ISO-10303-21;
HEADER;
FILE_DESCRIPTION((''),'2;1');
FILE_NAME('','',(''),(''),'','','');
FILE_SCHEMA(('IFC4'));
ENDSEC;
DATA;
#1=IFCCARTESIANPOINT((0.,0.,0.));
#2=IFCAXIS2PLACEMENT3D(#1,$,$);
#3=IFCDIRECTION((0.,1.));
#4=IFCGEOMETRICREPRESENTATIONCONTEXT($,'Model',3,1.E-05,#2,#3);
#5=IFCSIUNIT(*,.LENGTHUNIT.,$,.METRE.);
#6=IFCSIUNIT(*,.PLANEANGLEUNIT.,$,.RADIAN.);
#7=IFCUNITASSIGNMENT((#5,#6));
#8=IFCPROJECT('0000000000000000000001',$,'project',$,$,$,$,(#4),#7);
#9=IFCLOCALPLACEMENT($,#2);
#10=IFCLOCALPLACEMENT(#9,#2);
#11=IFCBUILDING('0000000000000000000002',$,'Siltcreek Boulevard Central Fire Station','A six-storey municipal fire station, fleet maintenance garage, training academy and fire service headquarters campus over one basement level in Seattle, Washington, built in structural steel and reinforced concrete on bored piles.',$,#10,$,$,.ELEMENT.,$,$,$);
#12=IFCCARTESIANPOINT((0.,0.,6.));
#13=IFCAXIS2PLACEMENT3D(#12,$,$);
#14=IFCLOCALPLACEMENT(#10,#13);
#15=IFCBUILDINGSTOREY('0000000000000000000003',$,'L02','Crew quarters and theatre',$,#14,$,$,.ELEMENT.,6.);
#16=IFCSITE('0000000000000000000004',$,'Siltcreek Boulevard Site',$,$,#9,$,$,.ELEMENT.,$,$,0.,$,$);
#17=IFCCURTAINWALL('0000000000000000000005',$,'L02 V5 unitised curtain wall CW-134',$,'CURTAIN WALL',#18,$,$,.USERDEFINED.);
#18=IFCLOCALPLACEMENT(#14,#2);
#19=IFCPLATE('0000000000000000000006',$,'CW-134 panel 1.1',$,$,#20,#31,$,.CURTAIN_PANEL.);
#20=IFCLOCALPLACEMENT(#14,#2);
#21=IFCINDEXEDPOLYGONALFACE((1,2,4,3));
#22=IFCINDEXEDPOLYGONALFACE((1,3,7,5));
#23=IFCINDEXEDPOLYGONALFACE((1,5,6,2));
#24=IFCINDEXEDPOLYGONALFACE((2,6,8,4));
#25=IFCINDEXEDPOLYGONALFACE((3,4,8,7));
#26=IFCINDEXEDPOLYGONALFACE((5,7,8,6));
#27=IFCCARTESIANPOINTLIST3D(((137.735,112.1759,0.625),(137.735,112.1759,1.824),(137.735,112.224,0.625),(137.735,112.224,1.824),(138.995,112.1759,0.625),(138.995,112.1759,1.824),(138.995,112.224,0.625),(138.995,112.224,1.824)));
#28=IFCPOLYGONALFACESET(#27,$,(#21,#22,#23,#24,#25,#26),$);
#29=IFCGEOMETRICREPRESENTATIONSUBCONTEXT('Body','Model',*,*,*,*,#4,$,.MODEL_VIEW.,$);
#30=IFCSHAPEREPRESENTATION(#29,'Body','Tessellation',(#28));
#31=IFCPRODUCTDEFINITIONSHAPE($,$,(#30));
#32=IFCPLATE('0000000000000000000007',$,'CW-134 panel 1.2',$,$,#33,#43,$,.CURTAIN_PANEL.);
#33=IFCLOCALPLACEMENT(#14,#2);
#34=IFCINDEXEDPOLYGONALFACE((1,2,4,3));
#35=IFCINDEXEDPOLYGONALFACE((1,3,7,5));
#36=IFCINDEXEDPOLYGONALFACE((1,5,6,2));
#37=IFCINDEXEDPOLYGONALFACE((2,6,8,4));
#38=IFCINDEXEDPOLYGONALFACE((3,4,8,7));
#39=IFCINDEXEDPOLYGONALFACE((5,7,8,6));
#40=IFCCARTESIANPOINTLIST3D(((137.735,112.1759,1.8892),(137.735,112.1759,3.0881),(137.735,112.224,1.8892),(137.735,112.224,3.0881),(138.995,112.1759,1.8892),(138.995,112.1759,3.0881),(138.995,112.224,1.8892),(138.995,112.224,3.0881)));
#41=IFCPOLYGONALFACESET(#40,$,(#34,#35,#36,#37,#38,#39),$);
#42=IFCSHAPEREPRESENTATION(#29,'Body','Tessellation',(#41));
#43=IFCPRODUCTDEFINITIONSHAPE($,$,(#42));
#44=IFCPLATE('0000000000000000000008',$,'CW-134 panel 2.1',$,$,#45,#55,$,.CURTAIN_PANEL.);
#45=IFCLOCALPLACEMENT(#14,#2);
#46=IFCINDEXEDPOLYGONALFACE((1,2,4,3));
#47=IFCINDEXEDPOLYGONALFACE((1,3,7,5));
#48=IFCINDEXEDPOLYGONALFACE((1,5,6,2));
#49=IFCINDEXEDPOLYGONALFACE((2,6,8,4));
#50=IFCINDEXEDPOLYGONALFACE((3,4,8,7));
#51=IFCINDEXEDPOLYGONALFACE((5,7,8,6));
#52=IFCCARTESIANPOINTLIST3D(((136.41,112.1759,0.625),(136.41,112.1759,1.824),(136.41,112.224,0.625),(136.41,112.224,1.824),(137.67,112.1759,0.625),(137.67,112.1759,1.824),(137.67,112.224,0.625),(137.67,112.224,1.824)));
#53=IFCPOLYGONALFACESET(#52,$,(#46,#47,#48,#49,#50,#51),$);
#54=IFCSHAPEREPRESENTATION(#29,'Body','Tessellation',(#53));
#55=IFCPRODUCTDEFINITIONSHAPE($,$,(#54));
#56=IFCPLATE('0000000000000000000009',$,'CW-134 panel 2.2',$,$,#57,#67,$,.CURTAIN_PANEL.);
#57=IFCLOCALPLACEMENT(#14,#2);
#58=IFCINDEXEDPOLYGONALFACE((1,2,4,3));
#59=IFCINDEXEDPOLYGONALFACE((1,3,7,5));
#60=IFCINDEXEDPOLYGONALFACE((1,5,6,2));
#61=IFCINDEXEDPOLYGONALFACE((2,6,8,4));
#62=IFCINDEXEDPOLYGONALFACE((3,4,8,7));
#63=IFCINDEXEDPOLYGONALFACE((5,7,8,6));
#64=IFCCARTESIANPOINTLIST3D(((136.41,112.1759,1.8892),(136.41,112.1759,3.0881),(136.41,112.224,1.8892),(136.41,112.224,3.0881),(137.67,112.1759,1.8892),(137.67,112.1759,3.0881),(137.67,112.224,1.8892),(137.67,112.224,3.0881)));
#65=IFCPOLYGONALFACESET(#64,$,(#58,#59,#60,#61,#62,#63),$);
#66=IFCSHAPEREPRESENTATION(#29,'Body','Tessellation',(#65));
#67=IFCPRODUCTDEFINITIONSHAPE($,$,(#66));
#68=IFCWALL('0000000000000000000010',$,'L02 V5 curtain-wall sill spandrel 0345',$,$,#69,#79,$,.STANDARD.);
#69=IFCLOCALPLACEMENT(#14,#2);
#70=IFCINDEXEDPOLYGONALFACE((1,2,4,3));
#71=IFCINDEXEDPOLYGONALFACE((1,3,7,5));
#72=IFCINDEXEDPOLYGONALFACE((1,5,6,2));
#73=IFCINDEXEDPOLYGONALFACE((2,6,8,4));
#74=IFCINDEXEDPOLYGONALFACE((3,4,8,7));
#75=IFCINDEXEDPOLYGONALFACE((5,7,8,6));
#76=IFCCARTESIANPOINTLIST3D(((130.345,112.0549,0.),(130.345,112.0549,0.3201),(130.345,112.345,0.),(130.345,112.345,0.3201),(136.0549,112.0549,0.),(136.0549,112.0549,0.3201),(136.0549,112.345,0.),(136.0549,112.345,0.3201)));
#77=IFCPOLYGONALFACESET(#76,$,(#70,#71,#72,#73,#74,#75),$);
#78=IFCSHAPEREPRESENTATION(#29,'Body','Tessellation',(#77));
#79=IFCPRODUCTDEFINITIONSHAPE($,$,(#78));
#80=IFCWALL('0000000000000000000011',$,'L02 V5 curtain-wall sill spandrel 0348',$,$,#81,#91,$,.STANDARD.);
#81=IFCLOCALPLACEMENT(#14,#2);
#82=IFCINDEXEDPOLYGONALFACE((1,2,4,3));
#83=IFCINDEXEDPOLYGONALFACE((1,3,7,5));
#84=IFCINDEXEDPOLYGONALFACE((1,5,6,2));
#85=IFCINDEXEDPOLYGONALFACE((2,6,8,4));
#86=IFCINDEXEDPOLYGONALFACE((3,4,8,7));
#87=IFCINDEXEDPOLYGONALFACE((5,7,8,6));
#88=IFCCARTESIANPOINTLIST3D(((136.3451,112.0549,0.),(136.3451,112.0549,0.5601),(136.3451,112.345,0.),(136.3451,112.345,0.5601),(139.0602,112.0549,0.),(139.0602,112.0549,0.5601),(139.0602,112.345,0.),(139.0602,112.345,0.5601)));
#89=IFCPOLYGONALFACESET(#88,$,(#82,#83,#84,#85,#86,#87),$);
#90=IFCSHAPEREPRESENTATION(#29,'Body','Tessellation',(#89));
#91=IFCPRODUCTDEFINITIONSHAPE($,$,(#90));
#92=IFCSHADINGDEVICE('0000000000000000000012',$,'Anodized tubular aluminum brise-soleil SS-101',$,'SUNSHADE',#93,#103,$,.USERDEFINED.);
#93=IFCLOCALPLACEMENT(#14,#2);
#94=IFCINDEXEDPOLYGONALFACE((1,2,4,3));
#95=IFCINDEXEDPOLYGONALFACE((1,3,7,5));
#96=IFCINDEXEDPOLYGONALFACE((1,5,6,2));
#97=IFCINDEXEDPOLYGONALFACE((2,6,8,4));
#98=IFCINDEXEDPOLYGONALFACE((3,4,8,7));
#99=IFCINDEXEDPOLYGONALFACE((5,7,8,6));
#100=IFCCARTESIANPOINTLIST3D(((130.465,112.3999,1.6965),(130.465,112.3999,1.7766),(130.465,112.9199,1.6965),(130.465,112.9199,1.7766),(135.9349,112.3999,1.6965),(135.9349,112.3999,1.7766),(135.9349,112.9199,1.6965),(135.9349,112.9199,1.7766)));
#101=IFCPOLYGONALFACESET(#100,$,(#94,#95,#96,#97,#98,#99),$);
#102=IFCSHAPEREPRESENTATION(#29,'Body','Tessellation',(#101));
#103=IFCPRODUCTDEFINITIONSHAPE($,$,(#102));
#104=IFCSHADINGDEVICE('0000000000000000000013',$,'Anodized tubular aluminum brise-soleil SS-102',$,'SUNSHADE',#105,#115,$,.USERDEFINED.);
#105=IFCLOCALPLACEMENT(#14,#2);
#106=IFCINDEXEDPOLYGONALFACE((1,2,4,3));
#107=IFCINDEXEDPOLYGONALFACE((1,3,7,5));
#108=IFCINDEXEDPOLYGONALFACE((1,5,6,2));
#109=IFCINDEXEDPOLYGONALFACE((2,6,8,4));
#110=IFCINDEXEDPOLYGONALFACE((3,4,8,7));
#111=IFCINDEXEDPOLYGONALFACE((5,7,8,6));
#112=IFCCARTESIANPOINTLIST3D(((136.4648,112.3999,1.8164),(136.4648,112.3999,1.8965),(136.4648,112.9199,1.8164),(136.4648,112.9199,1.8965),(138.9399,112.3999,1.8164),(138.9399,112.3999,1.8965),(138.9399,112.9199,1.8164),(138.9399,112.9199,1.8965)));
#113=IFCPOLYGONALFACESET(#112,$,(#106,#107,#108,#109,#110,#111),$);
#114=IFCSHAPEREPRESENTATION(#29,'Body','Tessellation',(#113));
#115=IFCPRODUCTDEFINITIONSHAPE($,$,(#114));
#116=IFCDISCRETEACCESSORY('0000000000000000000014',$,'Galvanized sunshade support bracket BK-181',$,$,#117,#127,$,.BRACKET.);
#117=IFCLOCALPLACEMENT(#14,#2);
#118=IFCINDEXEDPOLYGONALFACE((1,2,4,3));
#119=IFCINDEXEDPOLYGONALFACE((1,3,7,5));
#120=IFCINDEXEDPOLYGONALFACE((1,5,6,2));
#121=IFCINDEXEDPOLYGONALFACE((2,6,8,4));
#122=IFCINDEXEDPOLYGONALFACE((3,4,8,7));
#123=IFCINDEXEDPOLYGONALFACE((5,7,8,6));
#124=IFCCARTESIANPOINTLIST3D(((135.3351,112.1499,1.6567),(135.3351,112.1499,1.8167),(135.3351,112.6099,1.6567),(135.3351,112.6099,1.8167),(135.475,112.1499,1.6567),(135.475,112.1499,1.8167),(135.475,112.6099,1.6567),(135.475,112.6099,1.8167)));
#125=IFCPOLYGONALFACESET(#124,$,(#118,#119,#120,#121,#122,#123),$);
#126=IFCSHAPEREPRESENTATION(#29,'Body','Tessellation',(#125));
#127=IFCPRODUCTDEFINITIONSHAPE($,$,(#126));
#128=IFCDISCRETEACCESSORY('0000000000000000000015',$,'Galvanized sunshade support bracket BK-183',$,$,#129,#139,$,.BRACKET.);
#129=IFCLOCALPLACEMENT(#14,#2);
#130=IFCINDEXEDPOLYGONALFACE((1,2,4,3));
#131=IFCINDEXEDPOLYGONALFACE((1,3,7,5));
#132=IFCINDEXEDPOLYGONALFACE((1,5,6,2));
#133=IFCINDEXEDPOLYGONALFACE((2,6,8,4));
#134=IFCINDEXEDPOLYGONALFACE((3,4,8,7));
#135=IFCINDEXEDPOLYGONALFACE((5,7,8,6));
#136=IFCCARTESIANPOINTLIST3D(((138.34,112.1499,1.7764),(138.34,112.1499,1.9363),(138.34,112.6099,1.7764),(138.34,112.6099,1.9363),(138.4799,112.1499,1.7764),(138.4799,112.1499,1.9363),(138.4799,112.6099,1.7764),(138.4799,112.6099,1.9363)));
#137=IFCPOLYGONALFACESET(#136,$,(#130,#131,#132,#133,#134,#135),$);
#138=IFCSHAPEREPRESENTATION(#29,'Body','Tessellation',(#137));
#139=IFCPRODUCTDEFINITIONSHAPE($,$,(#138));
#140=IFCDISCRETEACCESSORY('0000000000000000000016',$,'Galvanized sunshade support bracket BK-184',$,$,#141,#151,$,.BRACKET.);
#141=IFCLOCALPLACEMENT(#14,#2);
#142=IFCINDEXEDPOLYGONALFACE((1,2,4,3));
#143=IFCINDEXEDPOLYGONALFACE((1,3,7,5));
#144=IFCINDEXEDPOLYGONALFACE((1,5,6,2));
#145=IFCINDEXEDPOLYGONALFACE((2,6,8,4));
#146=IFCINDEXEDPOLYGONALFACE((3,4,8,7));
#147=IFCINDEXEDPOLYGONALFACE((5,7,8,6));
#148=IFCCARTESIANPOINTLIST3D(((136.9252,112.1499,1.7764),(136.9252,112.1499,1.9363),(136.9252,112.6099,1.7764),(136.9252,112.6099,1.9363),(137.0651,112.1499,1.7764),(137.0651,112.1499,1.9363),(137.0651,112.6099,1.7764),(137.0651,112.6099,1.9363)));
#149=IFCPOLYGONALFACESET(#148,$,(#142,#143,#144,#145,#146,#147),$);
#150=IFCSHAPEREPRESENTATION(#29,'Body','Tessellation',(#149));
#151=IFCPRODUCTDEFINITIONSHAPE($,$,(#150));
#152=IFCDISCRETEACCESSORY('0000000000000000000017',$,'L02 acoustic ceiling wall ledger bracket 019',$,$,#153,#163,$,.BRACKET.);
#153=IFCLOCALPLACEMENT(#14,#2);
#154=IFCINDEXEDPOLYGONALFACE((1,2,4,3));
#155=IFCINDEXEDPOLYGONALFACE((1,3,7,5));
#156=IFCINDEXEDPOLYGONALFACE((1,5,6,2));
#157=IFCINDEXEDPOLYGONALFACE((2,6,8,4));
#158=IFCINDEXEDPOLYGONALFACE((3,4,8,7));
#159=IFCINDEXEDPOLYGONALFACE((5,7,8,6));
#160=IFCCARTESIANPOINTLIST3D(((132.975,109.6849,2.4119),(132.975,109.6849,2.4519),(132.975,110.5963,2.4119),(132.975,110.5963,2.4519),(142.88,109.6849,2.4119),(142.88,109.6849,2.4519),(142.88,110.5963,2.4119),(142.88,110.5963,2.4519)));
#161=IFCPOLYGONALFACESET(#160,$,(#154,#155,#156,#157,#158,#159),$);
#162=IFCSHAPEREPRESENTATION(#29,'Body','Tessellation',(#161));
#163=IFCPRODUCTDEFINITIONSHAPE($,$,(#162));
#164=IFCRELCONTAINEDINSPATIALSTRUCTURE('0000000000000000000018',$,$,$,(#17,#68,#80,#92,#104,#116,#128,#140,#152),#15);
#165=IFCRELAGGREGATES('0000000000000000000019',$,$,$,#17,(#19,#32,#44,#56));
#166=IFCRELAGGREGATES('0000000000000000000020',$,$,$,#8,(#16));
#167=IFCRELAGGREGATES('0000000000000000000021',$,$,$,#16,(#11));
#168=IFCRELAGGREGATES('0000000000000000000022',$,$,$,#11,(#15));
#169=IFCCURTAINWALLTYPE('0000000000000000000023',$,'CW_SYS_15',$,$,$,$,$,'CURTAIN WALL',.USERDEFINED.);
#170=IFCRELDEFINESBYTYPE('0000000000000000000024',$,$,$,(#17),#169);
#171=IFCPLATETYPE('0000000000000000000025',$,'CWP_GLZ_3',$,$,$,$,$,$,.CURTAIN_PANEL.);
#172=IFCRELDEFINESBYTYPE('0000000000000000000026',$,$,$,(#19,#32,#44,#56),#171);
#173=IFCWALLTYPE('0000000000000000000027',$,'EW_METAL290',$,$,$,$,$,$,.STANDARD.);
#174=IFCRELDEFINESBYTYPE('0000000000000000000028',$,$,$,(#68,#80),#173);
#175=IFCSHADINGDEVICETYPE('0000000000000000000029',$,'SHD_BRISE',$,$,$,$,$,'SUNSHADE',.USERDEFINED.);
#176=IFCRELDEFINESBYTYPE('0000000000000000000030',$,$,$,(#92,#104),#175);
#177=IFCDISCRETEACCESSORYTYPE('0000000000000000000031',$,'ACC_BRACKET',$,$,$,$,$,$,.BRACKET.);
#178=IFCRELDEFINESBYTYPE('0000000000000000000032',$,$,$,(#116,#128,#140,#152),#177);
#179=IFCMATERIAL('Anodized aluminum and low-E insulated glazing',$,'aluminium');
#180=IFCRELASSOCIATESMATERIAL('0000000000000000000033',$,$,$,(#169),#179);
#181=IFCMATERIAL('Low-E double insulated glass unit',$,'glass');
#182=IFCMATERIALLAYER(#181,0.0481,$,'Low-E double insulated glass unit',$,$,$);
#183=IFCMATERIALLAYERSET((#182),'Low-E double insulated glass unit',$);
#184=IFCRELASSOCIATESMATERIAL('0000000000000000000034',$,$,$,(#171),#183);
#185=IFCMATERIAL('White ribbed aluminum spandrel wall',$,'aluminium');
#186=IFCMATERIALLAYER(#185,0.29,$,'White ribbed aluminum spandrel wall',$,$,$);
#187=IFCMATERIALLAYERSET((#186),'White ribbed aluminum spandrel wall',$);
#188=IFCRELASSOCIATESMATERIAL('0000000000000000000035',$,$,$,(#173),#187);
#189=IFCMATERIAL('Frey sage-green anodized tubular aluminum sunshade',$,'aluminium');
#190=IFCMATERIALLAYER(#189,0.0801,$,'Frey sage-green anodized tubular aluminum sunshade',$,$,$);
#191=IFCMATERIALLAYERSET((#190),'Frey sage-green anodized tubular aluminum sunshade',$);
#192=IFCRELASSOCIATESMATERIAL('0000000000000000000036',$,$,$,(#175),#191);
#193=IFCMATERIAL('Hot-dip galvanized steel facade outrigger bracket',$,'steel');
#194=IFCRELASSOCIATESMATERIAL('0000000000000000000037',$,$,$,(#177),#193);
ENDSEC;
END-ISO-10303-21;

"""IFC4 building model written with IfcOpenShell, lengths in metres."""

from ifc_helpers import new_model, si_unit, direction, frame, frame_2d, origin, origin_2d, place, context, subcontext, project, spatial, rectangle, extrude, material, layer, layer_set, type_object, element, aggregate, save


model = new_model("IFC4")

# Units and contexts
model_context = context("Model", 3, precision=1e-05, world=origin(), true_north=direction((0.0, 1.0)))
body_context = subcontext(model_context, "Body", "Model", "MODEL_VIEW")
ifc_project = project(units=[si_unit("LENGTHUNIT", "METRE"), si_unit("PLANEANGLEUNIT", "RADIAN")], contexts=[model_context])

# Site, building, storey
site_placement = place(None, origin())
site = spatial("IfcSite", under=ifc_project, at=site_placement, Name="Siltcreek Boulevard Site", CompositionType="ELEMENT", RefElevation=0.0)
building_placement = place(site_placement, origin())
building = spatial("IfcBuilding", under=site, at=building_placement, Name="Siltcreek Boulevard Central Fire Station", Description="A six-storey municipal fire station, fleet maintenance garage, training academy and fire service headquarters campus over one basement level in Seattle, Washington, built in structural steel and reinforced concrete on bored piles.", CompositionType="ELEMENT")
storey_placement = place(building_placement, frame((0.0, 0.0, 6.0)))
storey = spatial("IfcBuildingStorey", under=building, at=storey_placement, Name="L02", Description="Crew quarters and theatre", CompositionType="ELEMENT", Elevation=6.0)

# Curtain wall
ifc_material_1 = material(Name="Anodized aluminum and low-E insulated glazing", Category="aluminium")
curtain_wall_type_1 = type_object("IfcCurtainWallType", Name="CW_SYS_15", ElementType="CURTAIN WALL", PredefinedType="USERDEFINED", material=ifc_material_1)
curtain_wall_1_placement = place(storey_placement, origin())
curtain_wall_1 = element("IfcCurtainWall", 1, at=curtain_wall_1_placement, inside=storey, type_object=curtain_wall_type_1, Name="L02 V5 unitised curtain wall CW-134", ObjectType="CURTAIN WALL", PredefinedType="USERDEFINED")

# Plates
ifc_material_2 = material(Name="Low-E double insulated glass unit", Category="glass")
ifc_layer_1 = layer(ifc_material_2, 0.0481, Name="Low-E double insulated glass unit")
ifc_layer_set_1 = layer_set([ifc_layer_1], Name="Low-E double insulated glass unit")
plate_type_1 = type_object("IfcPlateType", Name="CWP_GLZ_3", PredefinedType="CURTAIN_PANEL", material=ifc_layer_set_1)
plate_1_placement = place(storey_placement, frame((138.365, 112.2, 0.625), z_axis=(0.0, 0.0, 1.0), x_axis=(-1.0, 0.0, 0.0)))
plate_1 = element("IfcPlate", 2, at=plate_1_placement, type_object=plate_type_1, Name="CW-134 panel 1.1", PredefinedType="CURTAIN_PANEL", context=body_context, shape_type="SweptSolid", body=[
    extrude(rectangle(XDim=1.26, YDim=0.0481, at=origin_2d()), origin(), (0.0, 0.0, 1.0), 1.199),
])
plate_2_placement = place(storey_placement, frame((138.365, 112.2, 1.8892), z_axis=(0.0, 0.0, 1.0), x_axis=(-1.0, 0.0, 0.0)))
plate_2 = element("IfcPlate", 3, at=plate_2_placement, type_object=plate_type_1, Name="CW-134 panel 1.2", PredefinedType="CURTAIN_PANEL", context=body_context, shape_type="SweptSolid", body=[
    extrude(rectangle(XDim=1.26, YDim=0.0481, at=origin_2d()), origin(), (0.0, 0.0, 1.0), 1.199),
])
plate_3_placement = place(storey_placement, frame((137.04, 112.2, 0.625), z_axis=(0.0, 0.0, 1.0), x_axis=(-1.0, 0.0, 0.0)))
plate_3 = element("IfcPlate", 4, at=plate_3_placement, type_object=plate_type_1, Name="CW-134 panel 2.1", PredefinedType="CURTAIN_PANEL", context=body_context, shape_type="SweptSolid", body=[
    extrude(rectangle(XDim=1.26, YDim=0.0481, at=origin_2d()), origin(), (0.0, 0.0, 1.0), 1.199),
])
plate_4_placement = place(storey_placement, frame((137.04, 112.2, 1.8892), z_axis=(0.0, 0.0, 1.0), x_axis=(-1.0, 0.0, 0.0)))
plate_4 = element("IfcPlate", 5, at=plate_4_placement, type_object=plate_type_1, Name="CW-134 panel 2.2", PredefinedType="CURTAIN_PANEL", context=body_context, shape_type="SweptSolid", body=[
    extrude(rectangle(XDim=1.26, YDim=0.0481, at=origin_2d()), origin(), (0.0, 0.0, 1.0), 1.199),
])
aggregate(curtain_wall_1, [plate_1, plate_2, plate_3, plate_4])

# Walls
ifc_material_3 = material(Name="White ribbed aluminum spandrel wall", Category="aluminium")
ifc_layer_2 = layer(ifc_material_3, 0.29, Name="White ribbed aluminum spandrel wall")
ifc_layer_set_2 = layer_set([ifc_layer_2], Name="White ribbed aluminum spandrel wall")
wall_type = type_object("IfcWallType", Name="EW_METAL290", PredefinedType="STANDARD", material=ifc_layer_set_2)
wall_1_placement = place(storey_placement, frame((136.0549, 112.2, 0.0), z_axis=(0.0, 0.0, 1.0), x_axis=(-1.0, 0.0, 0.0)))
element("IfcWall", 6, at=wall_1_placement, inside=storey, type_object=wall_type, Name="L02 V5 curtain-wall sill spandrel 0345", PredefinedType="STANDARD", context=body_context, shape_type="SweptSolid", body=[
    extrude(rectangle(XDim=5.71, YDim=0.29, at=frame_2d((2.855, 0.0))), origin(), (0.0, 0.0, 1.0), 0.3201),
])
wall_2_placement = place(storey_placement, frame((139.0601, 112.2, 0.0), z_axis=(0.0, 0.0, 1.0), x_axis=(-1.0, 0.0, 0.0)))
element("IfcWall", 7, at=wall_2_placement, inside=storey, type_object=wall_type, Name="L02 V5 curtain-wall sill spandrel 0348", PredefinedType="STANDARD", context=body_context, shape_type="SweptSolid", body=[
    extrude(rectangle(XDim=2.7151, YDim=0.29, at=frame_2d((1.3574, 0.0))), origin(), (0.0, 0.0, 1.0), 0.5601),
])

# Shading devices
ifc_material_4 = material(Name="Frey sage-green anodized tubular aluminum sunshade", Category="aluminium")
ifc_layer_3 = layer(ifc_material_4, 0.0801, Name="Frey sage-green anodized tubular aluminum sunshade")
ifc_layer_set_3 = layer_set([ifc_layer_3], Name="Frey sage-green anodized tubular aluminum sunshade")
shading_device_type = type_object("IfcShadingDeviceType", Name="SHD_BRISE", ElementType="SUNSHADE", PredefinedType="USERDEFINED", material=ifc_layer_set_3)
shading_device_1_placement = place(storey_placement, frame((133.2, 112.6599, 1.6965), z_axis=(0.0, 0.0, 1.0), x_axis=(-1.0, 0.0, 0.0)))
element("IfcShadingDevice", 8, at=shading_device_1_placement, inside=storey, type_object=shading_device_type, Name="Anodized tubular aluminum brise-soleil SS-101", ObjectType="SUNSHADE", PredefinedType="USERDEFINED", context=body_context, shape_type="SweptSolid", body=[
    extrude(rectangle(XDim=5.47, YDim=0.52, at=origin_2d()), origin(), (0.0, 0.0, 1.0), 0.0801),
])
shading_device_2_placement = place(storey_placement, frame((137.7024, 112.6599, 1.8164), z_axis=(0.0, 0.0, 1.0), x_axis=(-1.0, 0.0, 0.0)))
element("IfcShadingDevice", 9, at=shading_device_2_placement, inside=storey, type_object=shading_device_type, Name="Anodized tubular aluminum brise-soleil SS-102", ObjectType="SUNSHADE", PredefinedType="USERDEFINED", context=body_context, shape_type="SweptSolid", body=[
    extrude(rectangle(XDim=2.4751, YDim=0.52, at=origin_2d()), origin(), (0.0, 0.0, 1.0), 0.0801),
])

# Discrete accessories
ifc_material_5 = material(Name="Hot-dip galvanized steel facade outrigger bracket", Category="steel")
discrete_accessory_type = type_object("IfcDiscreteAccessoryType", Name="ACC_BRACKET", PredefinedType="BRACKET", material=ifc_material_5)
for number, where, z_axis, x_axis, name in (
    (10, (135.405, 112.3799, 1.6567), (0.0, 0.0, 1.0), (-1.0, 0.0, 0.0), "Galvanized sunshade support bracket BK-181"),
    (11, (138.4099, 112.3799, 1.7764), (0.0, 0.0, 1.0), (-1.0, 0.0, 0.0), "Galvanized sunshade support bracket BK-183"),
    (12, (136.9951, 112.3799, 1.7764), (0.0, 0.0, 1.0), (-1.0, 0.0, 0.0), "Galvanized sunshade support bracket BK-184"),
):
    element("IfcDiscreteAccessory", number, at=place(storey_placement, frame(where, z_axis=z_axis, x_axis=x_axis)), inside=storey, type_object=discrete_accessory_type, Name=name, PredefinedType="BRACKET", context=body_context, shape_type="SweptSolid", body=[
        extrude(rectangle(XDim=0.1399, YDim=0.46, at=origin_2d()), origin(), (0.0, 0.0, 1.0), 0.1599),
    ])
discrete_accessory_placement = place(storey_placement, frame((137.9275, 110.1406, 2.4119), z_axis=(0.0, 0.0, 1.0), x_axis=(1.0, 0.0, 0.0)))
element("IfcDiscreteAccessory", 13, at=discrete_accessory_placement, inside=storey, type_object=discrete_accessory_type, Name="L02 acoustic ceiling wall ledger bracket 019", PredefinedType="BRACKET", context=body_context, shape_type="SweptSolid", body=[
    extrude(rectangle(XDim=9.905, YDim=0.9114, at=origin_2d()), origin(), (0.0, 0.0, 1.0), 0.04),
])

save(model, "model.ifc")
